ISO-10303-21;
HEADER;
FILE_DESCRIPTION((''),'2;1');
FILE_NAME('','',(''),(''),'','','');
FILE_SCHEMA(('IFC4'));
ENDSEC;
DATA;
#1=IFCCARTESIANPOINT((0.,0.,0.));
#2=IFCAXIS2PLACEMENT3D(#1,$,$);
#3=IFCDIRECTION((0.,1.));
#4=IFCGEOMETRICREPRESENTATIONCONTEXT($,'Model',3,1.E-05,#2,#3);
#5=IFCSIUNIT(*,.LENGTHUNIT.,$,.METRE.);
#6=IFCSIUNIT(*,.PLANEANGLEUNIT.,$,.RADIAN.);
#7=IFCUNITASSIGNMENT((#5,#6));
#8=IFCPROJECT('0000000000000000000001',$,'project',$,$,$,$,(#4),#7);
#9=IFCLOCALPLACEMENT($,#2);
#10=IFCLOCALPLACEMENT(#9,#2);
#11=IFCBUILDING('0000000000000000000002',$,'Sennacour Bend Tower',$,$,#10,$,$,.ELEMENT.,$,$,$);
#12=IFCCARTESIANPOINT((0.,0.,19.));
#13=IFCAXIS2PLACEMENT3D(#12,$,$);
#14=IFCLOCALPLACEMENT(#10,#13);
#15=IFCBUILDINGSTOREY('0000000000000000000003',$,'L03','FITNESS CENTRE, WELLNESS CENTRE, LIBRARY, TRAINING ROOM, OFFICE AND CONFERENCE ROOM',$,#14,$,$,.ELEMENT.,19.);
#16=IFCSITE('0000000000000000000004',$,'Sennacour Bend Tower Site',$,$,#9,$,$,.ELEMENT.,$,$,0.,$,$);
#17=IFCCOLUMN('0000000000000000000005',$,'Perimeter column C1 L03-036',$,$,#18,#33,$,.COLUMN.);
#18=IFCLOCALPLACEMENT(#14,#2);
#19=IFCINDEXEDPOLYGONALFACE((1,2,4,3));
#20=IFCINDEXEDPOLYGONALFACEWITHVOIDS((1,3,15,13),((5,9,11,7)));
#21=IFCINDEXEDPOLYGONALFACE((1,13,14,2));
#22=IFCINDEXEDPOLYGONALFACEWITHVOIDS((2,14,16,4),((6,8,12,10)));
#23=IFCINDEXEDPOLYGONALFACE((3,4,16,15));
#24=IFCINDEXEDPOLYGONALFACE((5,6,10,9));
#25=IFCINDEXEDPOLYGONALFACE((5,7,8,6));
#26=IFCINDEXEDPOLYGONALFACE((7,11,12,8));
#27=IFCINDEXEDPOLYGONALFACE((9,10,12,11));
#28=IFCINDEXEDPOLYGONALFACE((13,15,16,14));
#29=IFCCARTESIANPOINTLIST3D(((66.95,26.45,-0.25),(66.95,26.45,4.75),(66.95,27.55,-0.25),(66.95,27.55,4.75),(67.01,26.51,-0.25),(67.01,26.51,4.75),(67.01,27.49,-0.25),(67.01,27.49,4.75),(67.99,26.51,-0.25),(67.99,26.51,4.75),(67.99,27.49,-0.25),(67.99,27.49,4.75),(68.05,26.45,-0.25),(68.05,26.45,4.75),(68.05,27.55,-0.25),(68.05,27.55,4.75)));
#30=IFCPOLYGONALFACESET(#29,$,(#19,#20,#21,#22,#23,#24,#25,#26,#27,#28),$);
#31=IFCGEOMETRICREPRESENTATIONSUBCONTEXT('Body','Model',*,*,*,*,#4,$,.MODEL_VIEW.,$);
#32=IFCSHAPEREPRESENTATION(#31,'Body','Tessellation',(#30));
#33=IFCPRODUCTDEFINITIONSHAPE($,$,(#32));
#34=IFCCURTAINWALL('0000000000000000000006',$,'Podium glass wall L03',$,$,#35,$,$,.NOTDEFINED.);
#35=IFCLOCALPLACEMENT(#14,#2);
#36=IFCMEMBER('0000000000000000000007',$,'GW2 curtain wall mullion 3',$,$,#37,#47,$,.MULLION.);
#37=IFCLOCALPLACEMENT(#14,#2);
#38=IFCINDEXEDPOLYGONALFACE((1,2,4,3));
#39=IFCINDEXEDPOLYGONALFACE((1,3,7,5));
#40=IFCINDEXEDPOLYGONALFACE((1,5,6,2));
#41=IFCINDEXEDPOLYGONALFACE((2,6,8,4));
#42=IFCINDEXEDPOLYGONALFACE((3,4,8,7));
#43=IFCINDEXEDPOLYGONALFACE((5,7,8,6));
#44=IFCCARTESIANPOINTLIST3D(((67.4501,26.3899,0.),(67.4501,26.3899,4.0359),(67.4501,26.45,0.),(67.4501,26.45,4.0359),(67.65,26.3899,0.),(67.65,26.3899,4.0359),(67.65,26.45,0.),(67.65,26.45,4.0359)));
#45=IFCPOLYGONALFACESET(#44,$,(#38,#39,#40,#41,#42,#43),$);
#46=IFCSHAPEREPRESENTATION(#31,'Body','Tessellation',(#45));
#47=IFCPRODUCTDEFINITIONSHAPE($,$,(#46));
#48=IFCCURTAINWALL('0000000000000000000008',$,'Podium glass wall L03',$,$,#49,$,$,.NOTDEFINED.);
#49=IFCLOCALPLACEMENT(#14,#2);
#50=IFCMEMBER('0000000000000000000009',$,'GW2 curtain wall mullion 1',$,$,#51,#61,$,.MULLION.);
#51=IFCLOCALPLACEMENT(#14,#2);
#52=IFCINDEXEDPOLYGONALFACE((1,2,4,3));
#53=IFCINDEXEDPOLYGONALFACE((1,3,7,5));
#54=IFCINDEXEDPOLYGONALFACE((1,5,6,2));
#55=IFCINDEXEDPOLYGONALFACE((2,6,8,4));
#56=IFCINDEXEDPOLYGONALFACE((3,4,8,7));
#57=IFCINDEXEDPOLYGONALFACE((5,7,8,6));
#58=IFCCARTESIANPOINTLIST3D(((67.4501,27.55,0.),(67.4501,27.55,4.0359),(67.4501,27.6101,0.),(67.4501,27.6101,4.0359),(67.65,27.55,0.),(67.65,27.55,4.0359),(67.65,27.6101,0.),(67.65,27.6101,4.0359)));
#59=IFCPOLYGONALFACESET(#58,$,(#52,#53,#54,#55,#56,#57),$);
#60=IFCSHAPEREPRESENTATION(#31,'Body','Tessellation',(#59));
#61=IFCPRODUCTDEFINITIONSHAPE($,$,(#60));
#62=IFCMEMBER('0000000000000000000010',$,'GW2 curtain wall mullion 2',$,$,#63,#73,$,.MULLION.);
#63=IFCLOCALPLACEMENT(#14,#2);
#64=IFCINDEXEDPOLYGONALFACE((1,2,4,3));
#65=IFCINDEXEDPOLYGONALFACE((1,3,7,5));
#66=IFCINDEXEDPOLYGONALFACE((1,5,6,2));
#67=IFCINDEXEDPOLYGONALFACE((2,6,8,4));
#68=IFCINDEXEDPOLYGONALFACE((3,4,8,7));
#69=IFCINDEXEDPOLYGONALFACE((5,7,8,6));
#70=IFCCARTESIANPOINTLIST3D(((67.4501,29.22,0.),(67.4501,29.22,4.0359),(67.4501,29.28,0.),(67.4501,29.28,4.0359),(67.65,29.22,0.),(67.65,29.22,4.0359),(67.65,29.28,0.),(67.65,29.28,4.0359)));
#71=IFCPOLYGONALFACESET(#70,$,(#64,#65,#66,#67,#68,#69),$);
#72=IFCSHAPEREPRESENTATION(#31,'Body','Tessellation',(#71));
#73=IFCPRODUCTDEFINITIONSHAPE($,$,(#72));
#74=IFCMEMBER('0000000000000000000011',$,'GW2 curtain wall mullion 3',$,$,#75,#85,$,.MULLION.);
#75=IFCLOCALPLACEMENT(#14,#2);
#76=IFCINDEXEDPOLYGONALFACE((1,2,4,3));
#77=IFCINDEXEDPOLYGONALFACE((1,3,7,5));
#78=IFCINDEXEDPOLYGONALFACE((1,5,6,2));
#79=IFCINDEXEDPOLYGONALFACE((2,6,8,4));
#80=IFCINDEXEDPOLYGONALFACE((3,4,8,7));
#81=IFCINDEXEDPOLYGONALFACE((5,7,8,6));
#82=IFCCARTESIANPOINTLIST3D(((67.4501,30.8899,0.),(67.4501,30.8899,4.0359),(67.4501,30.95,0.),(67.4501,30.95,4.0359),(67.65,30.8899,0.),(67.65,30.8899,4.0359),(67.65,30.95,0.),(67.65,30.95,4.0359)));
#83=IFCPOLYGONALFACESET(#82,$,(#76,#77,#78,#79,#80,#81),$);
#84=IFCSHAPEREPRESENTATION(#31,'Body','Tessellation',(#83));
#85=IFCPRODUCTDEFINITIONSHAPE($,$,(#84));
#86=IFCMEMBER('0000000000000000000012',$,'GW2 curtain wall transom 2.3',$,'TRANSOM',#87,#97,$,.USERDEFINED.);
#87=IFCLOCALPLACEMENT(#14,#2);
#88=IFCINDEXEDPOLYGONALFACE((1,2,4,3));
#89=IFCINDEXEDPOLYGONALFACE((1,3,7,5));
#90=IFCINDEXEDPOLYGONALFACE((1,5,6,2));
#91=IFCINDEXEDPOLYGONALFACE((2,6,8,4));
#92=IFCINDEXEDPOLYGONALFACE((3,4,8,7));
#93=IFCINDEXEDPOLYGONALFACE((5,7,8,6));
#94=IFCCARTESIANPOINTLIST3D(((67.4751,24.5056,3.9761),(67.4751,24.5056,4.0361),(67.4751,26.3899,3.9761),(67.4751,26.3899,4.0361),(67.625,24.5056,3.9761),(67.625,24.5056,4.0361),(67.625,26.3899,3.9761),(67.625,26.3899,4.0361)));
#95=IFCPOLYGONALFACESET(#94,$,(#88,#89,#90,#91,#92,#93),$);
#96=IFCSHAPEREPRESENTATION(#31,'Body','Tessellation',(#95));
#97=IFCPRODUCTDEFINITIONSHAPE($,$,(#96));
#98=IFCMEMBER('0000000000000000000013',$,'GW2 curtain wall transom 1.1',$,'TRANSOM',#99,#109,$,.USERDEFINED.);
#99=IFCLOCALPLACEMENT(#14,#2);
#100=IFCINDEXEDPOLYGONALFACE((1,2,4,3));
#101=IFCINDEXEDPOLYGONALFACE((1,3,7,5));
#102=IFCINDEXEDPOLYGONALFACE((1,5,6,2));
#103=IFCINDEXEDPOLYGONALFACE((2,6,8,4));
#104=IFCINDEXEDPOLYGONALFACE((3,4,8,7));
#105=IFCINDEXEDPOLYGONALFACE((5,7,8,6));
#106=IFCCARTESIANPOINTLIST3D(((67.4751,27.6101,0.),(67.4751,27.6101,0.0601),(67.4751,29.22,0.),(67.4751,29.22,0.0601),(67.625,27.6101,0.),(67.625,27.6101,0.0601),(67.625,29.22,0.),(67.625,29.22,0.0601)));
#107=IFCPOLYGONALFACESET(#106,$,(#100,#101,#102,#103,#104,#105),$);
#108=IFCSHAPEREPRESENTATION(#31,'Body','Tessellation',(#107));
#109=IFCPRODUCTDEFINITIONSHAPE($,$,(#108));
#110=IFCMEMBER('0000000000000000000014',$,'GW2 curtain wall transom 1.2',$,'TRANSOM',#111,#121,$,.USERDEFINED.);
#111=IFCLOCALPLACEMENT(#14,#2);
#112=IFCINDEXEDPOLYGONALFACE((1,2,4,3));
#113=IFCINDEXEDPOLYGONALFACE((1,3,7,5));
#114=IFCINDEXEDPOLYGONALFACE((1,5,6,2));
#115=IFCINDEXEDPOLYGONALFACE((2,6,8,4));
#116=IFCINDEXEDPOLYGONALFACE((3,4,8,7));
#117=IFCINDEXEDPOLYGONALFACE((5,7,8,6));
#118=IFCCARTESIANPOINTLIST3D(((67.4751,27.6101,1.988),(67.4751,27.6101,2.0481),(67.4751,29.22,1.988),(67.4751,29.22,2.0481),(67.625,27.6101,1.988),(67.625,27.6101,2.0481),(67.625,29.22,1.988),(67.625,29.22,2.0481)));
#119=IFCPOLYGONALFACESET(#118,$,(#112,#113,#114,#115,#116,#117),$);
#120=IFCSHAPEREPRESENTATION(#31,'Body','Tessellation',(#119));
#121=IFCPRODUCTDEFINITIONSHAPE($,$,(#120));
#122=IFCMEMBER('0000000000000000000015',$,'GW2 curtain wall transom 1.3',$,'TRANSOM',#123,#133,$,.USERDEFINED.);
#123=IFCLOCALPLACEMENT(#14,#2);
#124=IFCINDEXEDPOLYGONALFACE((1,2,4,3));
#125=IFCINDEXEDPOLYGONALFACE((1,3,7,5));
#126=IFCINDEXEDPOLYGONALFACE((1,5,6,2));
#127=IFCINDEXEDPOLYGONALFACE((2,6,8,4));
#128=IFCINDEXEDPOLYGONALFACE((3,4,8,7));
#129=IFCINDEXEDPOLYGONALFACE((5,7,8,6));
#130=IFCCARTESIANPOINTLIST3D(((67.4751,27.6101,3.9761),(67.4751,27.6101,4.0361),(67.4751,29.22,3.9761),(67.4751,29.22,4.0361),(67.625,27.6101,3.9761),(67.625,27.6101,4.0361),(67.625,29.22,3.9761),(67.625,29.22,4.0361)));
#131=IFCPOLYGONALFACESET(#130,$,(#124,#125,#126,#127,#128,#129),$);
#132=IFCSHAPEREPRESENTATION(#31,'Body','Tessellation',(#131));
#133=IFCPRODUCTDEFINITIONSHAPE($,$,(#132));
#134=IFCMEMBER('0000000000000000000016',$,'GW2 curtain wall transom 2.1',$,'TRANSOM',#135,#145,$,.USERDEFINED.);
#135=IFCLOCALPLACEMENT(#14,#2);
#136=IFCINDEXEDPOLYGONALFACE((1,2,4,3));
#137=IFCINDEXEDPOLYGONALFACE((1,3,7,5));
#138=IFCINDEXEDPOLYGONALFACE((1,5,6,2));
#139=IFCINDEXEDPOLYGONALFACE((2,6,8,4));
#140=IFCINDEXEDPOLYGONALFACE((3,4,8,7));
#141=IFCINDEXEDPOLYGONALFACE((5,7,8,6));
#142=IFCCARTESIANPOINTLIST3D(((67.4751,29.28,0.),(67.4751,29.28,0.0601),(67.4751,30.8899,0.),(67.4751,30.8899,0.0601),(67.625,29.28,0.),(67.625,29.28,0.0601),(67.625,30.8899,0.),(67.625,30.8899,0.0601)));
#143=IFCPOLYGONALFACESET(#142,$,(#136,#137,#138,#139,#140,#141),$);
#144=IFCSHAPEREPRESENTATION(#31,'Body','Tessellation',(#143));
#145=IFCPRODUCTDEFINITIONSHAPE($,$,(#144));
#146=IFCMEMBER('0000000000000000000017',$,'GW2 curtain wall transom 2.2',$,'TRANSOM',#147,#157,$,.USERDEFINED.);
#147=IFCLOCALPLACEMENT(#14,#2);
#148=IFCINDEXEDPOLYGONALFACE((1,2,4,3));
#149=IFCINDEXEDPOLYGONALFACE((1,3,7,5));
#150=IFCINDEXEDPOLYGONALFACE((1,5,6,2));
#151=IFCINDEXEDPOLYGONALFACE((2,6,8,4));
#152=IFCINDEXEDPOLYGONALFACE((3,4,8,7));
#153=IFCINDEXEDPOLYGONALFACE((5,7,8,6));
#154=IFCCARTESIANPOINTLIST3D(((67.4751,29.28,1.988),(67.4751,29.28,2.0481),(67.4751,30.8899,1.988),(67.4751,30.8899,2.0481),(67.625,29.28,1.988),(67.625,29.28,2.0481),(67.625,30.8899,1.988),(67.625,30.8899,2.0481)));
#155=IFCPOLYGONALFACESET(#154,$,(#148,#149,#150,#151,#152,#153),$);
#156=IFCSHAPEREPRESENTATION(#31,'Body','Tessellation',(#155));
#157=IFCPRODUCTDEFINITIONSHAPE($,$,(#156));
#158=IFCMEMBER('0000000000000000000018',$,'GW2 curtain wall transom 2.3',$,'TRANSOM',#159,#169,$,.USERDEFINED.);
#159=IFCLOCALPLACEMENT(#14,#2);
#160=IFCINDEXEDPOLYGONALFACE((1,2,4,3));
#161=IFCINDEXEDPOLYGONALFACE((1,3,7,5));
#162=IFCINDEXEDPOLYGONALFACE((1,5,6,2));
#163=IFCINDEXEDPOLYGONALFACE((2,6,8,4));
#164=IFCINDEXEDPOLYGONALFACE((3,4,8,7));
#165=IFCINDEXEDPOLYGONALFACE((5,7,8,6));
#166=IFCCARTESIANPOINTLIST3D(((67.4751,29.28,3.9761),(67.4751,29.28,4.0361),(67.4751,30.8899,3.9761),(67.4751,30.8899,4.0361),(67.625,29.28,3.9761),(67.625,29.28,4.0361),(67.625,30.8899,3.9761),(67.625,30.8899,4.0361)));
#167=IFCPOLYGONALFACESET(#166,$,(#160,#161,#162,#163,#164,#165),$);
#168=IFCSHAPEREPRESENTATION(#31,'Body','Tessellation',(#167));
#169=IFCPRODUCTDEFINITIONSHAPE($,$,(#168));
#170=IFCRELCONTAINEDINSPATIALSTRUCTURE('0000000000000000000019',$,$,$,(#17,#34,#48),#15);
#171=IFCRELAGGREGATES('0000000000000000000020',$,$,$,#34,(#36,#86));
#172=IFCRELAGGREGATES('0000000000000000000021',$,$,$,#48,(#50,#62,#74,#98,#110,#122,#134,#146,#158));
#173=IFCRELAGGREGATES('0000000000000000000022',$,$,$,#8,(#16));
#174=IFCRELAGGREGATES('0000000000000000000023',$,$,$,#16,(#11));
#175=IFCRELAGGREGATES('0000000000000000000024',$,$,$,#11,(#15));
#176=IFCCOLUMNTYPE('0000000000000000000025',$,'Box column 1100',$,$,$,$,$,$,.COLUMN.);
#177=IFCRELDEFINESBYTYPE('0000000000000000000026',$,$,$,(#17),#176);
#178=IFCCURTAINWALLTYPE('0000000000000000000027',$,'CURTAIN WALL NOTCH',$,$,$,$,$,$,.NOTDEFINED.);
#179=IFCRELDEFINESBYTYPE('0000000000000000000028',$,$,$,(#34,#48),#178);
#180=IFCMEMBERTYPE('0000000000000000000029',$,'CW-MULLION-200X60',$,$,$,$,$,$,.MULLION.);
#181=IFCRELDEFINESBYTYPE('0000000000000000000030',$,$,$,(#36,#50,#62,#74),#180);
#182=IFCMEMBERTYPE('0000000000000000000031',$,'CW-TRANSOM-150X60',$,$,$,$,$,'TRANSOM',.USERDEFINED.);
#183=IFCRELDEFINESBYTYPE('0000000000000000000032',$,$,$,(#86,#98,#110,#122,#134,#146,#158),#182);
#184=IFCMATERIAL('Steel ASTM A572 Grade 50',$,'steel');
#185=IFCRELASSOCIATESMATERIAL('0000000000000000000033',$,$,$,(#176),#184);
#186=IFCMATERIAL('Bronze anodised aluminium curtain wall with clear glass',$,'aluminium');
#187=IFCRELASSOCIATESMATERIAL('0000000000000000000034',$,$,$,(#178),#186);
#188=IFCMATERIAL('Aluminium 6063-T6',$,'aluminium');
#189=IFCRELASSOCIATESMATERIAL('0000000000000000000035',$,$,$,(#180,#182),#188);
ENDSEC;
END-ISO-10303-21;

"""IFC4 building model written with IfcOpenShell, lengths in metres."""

from ifc_helpers import new_model, si_unit, direction, frame, origin, origin_2d, place, context, subcontext, project, spatial, rectangle, hollow_rectangle, extrude, material, material_profile, profile_set, type_object, element, aggregate, save


model = new_model("IFC4")

# Units and contexts
model_context = context("Model", 3, precision=1e-05, world=origin(), true_north=direction((0.0, 1.0)))
body_context = subcontext(model_context, "Body", "Model", "MODEL_VIEW")
ifc_project = project(units=[si_unit("LENGTHUNIT", "METRE"), si_unit("PLANEANGLEUNIT", "RADIAN")], contexts=[model_context])

# Site, building, storey
site_placement = place(None, origin())
site = spatial("IfcSite", under=ifc_project, at=site_placement, Name="Sennacour Bend Tower Site", CompositionType="ELEMENT", RefElevation=0.0)
building_placement = place(site_placement, origin())
building = spatial("IfcBuilding", under=site, at=building_placement, Name="Sennacour Bend Tower", CompositionType="ELEMENT")
storey_placement = place(building_placement, frame((0.0, 0.0, 19.0)))
storey = spatial("IfcBuildingStorey", under=building, at=storey_placement, Name="L03", Description="FITNESS CENTRE, WELLNESS CENTRE, LIBRARY, TRAINING ROOM, OFFICE AND CONFERENCE ROOM", CompositionType="ELEMENT", Elevation=19.0)

# Column
ifc_material_1 = material(Name="Steel ASTM A572 Grade 50", Category="steel")
ifc_material_profile_1 = material_profile(ifc_material_1, hollow_rectangle(XDim=1.1001, YDim=1.1001, WallThickness=0.0601, at=origin_2d()), Name="Steel ASTM A572 Grade 50", Category="steel")
ifc_profile_set_1 = profile_set([ifc_material_profile_1], Name="Steel ASTM A572 Grade 50")
column_type = type_object("IfcColumnType", Name="Box column 1100", PredefinedType="COLUMN", material=ifc_profile_set_1)
column_placement = place(storey_placement, frame((67.5, 27.0, -0.25), z_axis=(0.0, 0.0, 1.0), x_axis=(1.0, 0.0, 0.0)))
element("IfcColumn", 1, at=column_placement, inside=storey, type_object=column_type, Name="Perimeter column C1 L03-036", PredefinedType="COLUMN", context=body_context, shape_type="SweptSolid", body=[
    extrude(hollow_rectangle(XDim=1.1001, YDim=1.1001, WallThickness=0.0601, at=origin_2d()), origin(), (0.0, 0.0, 1.0), 5.0),
])

# Curtain wall, member
ifc_material_2 = material(Name="Bronze anodised aluminium curtain wall with clear glass", Category="aluminium")
curtain_wall_type = type_object("IfcCurtainWallType", Name="CURTAIN WALL NOTCH", PredefinedType="NOTDEFINED", material=ifc_material_2)
curtain_wall_1_placement = place(storey_placement, origin())
curtain_wall_1 = element("IfcCurtainWall", 2, at=curtain_wall_1_placement, inside=storey, type_object=curtain_wall_type, Name="Podium glass wall L03", PredefinedType="NOTDEFINED")
ifc_material_3 = material(Name="Aluminium 6063-T6", Category="aluminium")
ifc_material_profile_2 = material_profile(ifc_material_3, rectangle(XDim=0.2, YDim=0.0601, at=origin_2d()), Name="Aluminium 6063-T6", Category="aluminium")
ifc_profile_set_2 = profile_set([ifc_material_profile_2], Name="Aluminium 6063-T6")
member_type_1 = type_object("IfcMemberType", Name="CW-MULLION-200X60", PredefinedType="MULLION", material=ifc_profile_set_2)
member_1_placement = place(storey_placement, frame((67.55, 26.4199, 0.0), z_axis=(0.0, 0.0, 1.0), x_axis=(-1.0, 0.0, 0.0)))
member_1 = element("IfcMember", 3, at=member_1_placement, type_object=member_type_1, Name="GW2 curtain wall mullion 3", PredefinedType="MULLION", context=body_context, shape_type="SweptSolid", body=[
    extrude(rectangle(XDim=0.2, YDim=0.0601, at=origin_2d()), origin(), (0.0, 0.0, 1.0), 4.0359),
])

# Curtain wall, members
curtain_wall_2_placement = place(storey_placement, origin())
curtain_wall_2 = element("IfcCurtainWall", 4, at=curtain_wall_2_placement, inside=storey, type_object=curtain_wall_type, Name="Podium glass wall L03", PredefinedType="NOTDEFINED")
member_2_placement = place(storey_placement, frame((67.55, 27.5801, 0.0), z_axis=(0.0, 0.0, 1.0), x_axis=(-1.0, 0.0, 0.0)))
member_2 = element("IfcMember", 5, at=member_2_placement, type_object=member_type_1, Name="GW2 curtain wall mullion 1", PredefinedType="MULLION", context=body_context, shape_type="SweptSolid", body=[
    extrude(rectangle(XDim=0.2, YDim=0.0601, at=origin_2d()), origin(), (0.0, 0.0, 1.0), 4.0359),
])
member_3_placement = place(storey_placement, frame((67.55, 29.25, 0.0), z_axis=(0.0, 0.0, 1.0), x_axis=(-1.0, 0.0, 0.0)))
member_3 = element("IfcMember", 6, at=member_3_placement, type_object=member_type_1, Name="GW2 curtain wall mullion 2", PredefinedType="MULLION", context=body_context, shape_type="SweptSolid", body=[
    extrude(rectangle(XDim=0.2, YDim=0.0601, at=origin_2d()), origin(), (0.0, 0.0, 1.0), 4.0359),
])
member_4_placement = place(storey_placement, frame((67.55, 30.9199, 0.0), z_axis=(0.0, 0.0, 1.0), x_axis=(-1.0, 0.0, 0.0)))
member_4 = element("IfcMember", 7, at=member_4_placement, type_object=member_type_1, Name="GW2 curtain wall mullion 3", PredefinedType="MULLION", context=body_context, shape_type="SweptSolid", body=[
    extrude(rectangle(XDim=0.2, YDim=0.0601, at=origin_2d()), origin(), (0.0, 0.0, 1.0), 4.0359),
])

# Members
ifc_material_profile_3 = material_profile(ifc_material_3, rectangle(XDim=0.1499, YDim=0.0601, at=origin_2d()), Name="Aluminium 6063-T6", Category="aluminium")
ifc_profile_set_3 = profile_set([ifc_material_profile_3], Name="Aluminium 6063-T6")
member_type_2 = type_object("IfcMemberType", Name="CW-TRANSOM-150X60", ElementType="TRANSOM", PredefinedType="USERDEFINED", material=ifc_profile_set_3)
member_5_placement = place(storey_placement, frame((67.55, 24.5056, 4.0061), z_axis=(0.0, 1.0, 0.0), x_axis=(-1.0, 0.0, 0.0)))
member_5 = element("IfcMember", 8, at=member_5_placement, type_object=member_type_2, Name="GW2 curtain wall transom 2.3", ObjectType="TRANSOM", PredefinedType="USERDEFINED", context=body_context, shape_type="SweptSolid", body=[
    extrude(rectangle(XDim=0.1499, YDim=0.0601, at=origin_2d()), origin(), (0.0, 0.0, 1.0), 1.8843),
])
member_6_placement = place(storey_placement, frame((67.55, 27.6101, 0.03), z_axis=(0.0, 1.0, 0.0), x_axis=(-1.0, 0.0, 0.0)))
member_6 = element("IfcMember", 9, at=member_6_placement, type_object=member_type_2, Name="GW2 curtain wall transom 1.1", ObjectType="TRANSOM", PredefinedType="USERDEFINED", context=body_context, shape_type="SweptSolid", body=[
    extrude(rectangle(XDim=0.1499, YDim=0.0601, at=origin_2d()), origin(), (0.0, 0.0, 1.0), 1.6099),
])
member_7_placement = place(storey_placement, frame((67.55, 27.6101, 2.0181), z_axis=(0.0, 1.0, 0.0), x_axis=(-1.0, 0.0, 0.0)))
member_7 = element("IfcMember", 10, at=member_7_placement, type_object=member_type_2, Name="GW2 curtain wall transom 1.2", ObjectType="TRANSOM", PredefinedType="USERDEFINED", context=body_context, shape_type="SweptSolid", body=[
    extrude(rectangle(XDim=0.1499, YDim=0.0601, at=origin_2d()), origin(), (0.0, 0.0, 1.0), 1.6099),
])
member_8_placement = place(storey_placement, frame((67.55, 27.6101, 4.0061), z_axis=(0.0, 1.0, 0.0), x_axis=(-1.0, 0.0, 0.0)))
member_8 = element("IfcMember", 11, at=member_8_placement, type_object=member_type_2, Name="GW2 curtain wall transom 1.3", ObjectType="TRANSOM", PredefinedType="USERDEFINED", context=body_context, shape_type="SweptSolid", body=[
    extrude(rectangle(XDim=0.1499, YDim=0.0601, at=origin_2d()), origin(), (0.0, 0.0, 1.0), 1.6099),
])
member_9_placement = place(storey_placement, frame((67.55, 29.28, 0.03), z_axis=(0.0, 1.0, 0.0), x_axis=(-1.0, 0.0, 0.0)))
member_9 = element("IfcMember", 12, at=member_9_placement, type_object=member_type_2, Name="GW2 curtain wall transom 2.1", ObjectType="TRANSOM", PredefinedType="USERDEFINED", context=body_context, shape_type="SweptSolid", body=[
    extrude(rectangle(XDim=0.1499, YDim=0.0601, at=origin_2d()), origin(), (0.0, 0.0, 1.0), 1.6099),
])
member_10_placement = place(storey_placement, frame((67.55, 29.28, 2.0181), z_axis=(0.0, 1.0, 0.0), x_axis=(-1.0, 0.0, 0.0)))
member_10 = element("IfcMember", 13, at=member_10_placement, type_object=member_type_2, Name="GW2 curtain wall transom 2.2", ObjectType="TRANSOM", PredefinedType="USERDEFINED", context=body_context, shape_type="SweptSolid", body=[
    extrude(rectangle(XDim=0.1499, YDim=0.0601, at=origin_2d()), origin(), (0.0, 0.0, 1.0), 1.6099),
])
member_11_placement = place(storey_placement, frame((67.55, 29.28, 4.0061), z_axis=(0.0, 1.0, 0.0), x_axis=(-1.0, 0.0, 0.0)))
member_11 = element("IfcMember", 14, at=member_11_placement, type_object=member_type_2, Name="GW2 curtain wall transom 2.3", ObjectType="TRANSOM", PredefinedType="USERDEFINED", context=body_context, shape_type="SweptSolid", body=[
    extrude(rectangle(XDim=0.1499, YDim=0.0601, at=origin_2d()), origin(), (0.0, 0.0, 1.0), 1.6099),
])

aggregate(curtain_wall_1, [member_1, member_5])
aggregate(curtain_wall_2, [member_2, member_3, member_4, member_6, member_7, member_8, member_9, member_10, member_11])

save(model, "model.ifc")
